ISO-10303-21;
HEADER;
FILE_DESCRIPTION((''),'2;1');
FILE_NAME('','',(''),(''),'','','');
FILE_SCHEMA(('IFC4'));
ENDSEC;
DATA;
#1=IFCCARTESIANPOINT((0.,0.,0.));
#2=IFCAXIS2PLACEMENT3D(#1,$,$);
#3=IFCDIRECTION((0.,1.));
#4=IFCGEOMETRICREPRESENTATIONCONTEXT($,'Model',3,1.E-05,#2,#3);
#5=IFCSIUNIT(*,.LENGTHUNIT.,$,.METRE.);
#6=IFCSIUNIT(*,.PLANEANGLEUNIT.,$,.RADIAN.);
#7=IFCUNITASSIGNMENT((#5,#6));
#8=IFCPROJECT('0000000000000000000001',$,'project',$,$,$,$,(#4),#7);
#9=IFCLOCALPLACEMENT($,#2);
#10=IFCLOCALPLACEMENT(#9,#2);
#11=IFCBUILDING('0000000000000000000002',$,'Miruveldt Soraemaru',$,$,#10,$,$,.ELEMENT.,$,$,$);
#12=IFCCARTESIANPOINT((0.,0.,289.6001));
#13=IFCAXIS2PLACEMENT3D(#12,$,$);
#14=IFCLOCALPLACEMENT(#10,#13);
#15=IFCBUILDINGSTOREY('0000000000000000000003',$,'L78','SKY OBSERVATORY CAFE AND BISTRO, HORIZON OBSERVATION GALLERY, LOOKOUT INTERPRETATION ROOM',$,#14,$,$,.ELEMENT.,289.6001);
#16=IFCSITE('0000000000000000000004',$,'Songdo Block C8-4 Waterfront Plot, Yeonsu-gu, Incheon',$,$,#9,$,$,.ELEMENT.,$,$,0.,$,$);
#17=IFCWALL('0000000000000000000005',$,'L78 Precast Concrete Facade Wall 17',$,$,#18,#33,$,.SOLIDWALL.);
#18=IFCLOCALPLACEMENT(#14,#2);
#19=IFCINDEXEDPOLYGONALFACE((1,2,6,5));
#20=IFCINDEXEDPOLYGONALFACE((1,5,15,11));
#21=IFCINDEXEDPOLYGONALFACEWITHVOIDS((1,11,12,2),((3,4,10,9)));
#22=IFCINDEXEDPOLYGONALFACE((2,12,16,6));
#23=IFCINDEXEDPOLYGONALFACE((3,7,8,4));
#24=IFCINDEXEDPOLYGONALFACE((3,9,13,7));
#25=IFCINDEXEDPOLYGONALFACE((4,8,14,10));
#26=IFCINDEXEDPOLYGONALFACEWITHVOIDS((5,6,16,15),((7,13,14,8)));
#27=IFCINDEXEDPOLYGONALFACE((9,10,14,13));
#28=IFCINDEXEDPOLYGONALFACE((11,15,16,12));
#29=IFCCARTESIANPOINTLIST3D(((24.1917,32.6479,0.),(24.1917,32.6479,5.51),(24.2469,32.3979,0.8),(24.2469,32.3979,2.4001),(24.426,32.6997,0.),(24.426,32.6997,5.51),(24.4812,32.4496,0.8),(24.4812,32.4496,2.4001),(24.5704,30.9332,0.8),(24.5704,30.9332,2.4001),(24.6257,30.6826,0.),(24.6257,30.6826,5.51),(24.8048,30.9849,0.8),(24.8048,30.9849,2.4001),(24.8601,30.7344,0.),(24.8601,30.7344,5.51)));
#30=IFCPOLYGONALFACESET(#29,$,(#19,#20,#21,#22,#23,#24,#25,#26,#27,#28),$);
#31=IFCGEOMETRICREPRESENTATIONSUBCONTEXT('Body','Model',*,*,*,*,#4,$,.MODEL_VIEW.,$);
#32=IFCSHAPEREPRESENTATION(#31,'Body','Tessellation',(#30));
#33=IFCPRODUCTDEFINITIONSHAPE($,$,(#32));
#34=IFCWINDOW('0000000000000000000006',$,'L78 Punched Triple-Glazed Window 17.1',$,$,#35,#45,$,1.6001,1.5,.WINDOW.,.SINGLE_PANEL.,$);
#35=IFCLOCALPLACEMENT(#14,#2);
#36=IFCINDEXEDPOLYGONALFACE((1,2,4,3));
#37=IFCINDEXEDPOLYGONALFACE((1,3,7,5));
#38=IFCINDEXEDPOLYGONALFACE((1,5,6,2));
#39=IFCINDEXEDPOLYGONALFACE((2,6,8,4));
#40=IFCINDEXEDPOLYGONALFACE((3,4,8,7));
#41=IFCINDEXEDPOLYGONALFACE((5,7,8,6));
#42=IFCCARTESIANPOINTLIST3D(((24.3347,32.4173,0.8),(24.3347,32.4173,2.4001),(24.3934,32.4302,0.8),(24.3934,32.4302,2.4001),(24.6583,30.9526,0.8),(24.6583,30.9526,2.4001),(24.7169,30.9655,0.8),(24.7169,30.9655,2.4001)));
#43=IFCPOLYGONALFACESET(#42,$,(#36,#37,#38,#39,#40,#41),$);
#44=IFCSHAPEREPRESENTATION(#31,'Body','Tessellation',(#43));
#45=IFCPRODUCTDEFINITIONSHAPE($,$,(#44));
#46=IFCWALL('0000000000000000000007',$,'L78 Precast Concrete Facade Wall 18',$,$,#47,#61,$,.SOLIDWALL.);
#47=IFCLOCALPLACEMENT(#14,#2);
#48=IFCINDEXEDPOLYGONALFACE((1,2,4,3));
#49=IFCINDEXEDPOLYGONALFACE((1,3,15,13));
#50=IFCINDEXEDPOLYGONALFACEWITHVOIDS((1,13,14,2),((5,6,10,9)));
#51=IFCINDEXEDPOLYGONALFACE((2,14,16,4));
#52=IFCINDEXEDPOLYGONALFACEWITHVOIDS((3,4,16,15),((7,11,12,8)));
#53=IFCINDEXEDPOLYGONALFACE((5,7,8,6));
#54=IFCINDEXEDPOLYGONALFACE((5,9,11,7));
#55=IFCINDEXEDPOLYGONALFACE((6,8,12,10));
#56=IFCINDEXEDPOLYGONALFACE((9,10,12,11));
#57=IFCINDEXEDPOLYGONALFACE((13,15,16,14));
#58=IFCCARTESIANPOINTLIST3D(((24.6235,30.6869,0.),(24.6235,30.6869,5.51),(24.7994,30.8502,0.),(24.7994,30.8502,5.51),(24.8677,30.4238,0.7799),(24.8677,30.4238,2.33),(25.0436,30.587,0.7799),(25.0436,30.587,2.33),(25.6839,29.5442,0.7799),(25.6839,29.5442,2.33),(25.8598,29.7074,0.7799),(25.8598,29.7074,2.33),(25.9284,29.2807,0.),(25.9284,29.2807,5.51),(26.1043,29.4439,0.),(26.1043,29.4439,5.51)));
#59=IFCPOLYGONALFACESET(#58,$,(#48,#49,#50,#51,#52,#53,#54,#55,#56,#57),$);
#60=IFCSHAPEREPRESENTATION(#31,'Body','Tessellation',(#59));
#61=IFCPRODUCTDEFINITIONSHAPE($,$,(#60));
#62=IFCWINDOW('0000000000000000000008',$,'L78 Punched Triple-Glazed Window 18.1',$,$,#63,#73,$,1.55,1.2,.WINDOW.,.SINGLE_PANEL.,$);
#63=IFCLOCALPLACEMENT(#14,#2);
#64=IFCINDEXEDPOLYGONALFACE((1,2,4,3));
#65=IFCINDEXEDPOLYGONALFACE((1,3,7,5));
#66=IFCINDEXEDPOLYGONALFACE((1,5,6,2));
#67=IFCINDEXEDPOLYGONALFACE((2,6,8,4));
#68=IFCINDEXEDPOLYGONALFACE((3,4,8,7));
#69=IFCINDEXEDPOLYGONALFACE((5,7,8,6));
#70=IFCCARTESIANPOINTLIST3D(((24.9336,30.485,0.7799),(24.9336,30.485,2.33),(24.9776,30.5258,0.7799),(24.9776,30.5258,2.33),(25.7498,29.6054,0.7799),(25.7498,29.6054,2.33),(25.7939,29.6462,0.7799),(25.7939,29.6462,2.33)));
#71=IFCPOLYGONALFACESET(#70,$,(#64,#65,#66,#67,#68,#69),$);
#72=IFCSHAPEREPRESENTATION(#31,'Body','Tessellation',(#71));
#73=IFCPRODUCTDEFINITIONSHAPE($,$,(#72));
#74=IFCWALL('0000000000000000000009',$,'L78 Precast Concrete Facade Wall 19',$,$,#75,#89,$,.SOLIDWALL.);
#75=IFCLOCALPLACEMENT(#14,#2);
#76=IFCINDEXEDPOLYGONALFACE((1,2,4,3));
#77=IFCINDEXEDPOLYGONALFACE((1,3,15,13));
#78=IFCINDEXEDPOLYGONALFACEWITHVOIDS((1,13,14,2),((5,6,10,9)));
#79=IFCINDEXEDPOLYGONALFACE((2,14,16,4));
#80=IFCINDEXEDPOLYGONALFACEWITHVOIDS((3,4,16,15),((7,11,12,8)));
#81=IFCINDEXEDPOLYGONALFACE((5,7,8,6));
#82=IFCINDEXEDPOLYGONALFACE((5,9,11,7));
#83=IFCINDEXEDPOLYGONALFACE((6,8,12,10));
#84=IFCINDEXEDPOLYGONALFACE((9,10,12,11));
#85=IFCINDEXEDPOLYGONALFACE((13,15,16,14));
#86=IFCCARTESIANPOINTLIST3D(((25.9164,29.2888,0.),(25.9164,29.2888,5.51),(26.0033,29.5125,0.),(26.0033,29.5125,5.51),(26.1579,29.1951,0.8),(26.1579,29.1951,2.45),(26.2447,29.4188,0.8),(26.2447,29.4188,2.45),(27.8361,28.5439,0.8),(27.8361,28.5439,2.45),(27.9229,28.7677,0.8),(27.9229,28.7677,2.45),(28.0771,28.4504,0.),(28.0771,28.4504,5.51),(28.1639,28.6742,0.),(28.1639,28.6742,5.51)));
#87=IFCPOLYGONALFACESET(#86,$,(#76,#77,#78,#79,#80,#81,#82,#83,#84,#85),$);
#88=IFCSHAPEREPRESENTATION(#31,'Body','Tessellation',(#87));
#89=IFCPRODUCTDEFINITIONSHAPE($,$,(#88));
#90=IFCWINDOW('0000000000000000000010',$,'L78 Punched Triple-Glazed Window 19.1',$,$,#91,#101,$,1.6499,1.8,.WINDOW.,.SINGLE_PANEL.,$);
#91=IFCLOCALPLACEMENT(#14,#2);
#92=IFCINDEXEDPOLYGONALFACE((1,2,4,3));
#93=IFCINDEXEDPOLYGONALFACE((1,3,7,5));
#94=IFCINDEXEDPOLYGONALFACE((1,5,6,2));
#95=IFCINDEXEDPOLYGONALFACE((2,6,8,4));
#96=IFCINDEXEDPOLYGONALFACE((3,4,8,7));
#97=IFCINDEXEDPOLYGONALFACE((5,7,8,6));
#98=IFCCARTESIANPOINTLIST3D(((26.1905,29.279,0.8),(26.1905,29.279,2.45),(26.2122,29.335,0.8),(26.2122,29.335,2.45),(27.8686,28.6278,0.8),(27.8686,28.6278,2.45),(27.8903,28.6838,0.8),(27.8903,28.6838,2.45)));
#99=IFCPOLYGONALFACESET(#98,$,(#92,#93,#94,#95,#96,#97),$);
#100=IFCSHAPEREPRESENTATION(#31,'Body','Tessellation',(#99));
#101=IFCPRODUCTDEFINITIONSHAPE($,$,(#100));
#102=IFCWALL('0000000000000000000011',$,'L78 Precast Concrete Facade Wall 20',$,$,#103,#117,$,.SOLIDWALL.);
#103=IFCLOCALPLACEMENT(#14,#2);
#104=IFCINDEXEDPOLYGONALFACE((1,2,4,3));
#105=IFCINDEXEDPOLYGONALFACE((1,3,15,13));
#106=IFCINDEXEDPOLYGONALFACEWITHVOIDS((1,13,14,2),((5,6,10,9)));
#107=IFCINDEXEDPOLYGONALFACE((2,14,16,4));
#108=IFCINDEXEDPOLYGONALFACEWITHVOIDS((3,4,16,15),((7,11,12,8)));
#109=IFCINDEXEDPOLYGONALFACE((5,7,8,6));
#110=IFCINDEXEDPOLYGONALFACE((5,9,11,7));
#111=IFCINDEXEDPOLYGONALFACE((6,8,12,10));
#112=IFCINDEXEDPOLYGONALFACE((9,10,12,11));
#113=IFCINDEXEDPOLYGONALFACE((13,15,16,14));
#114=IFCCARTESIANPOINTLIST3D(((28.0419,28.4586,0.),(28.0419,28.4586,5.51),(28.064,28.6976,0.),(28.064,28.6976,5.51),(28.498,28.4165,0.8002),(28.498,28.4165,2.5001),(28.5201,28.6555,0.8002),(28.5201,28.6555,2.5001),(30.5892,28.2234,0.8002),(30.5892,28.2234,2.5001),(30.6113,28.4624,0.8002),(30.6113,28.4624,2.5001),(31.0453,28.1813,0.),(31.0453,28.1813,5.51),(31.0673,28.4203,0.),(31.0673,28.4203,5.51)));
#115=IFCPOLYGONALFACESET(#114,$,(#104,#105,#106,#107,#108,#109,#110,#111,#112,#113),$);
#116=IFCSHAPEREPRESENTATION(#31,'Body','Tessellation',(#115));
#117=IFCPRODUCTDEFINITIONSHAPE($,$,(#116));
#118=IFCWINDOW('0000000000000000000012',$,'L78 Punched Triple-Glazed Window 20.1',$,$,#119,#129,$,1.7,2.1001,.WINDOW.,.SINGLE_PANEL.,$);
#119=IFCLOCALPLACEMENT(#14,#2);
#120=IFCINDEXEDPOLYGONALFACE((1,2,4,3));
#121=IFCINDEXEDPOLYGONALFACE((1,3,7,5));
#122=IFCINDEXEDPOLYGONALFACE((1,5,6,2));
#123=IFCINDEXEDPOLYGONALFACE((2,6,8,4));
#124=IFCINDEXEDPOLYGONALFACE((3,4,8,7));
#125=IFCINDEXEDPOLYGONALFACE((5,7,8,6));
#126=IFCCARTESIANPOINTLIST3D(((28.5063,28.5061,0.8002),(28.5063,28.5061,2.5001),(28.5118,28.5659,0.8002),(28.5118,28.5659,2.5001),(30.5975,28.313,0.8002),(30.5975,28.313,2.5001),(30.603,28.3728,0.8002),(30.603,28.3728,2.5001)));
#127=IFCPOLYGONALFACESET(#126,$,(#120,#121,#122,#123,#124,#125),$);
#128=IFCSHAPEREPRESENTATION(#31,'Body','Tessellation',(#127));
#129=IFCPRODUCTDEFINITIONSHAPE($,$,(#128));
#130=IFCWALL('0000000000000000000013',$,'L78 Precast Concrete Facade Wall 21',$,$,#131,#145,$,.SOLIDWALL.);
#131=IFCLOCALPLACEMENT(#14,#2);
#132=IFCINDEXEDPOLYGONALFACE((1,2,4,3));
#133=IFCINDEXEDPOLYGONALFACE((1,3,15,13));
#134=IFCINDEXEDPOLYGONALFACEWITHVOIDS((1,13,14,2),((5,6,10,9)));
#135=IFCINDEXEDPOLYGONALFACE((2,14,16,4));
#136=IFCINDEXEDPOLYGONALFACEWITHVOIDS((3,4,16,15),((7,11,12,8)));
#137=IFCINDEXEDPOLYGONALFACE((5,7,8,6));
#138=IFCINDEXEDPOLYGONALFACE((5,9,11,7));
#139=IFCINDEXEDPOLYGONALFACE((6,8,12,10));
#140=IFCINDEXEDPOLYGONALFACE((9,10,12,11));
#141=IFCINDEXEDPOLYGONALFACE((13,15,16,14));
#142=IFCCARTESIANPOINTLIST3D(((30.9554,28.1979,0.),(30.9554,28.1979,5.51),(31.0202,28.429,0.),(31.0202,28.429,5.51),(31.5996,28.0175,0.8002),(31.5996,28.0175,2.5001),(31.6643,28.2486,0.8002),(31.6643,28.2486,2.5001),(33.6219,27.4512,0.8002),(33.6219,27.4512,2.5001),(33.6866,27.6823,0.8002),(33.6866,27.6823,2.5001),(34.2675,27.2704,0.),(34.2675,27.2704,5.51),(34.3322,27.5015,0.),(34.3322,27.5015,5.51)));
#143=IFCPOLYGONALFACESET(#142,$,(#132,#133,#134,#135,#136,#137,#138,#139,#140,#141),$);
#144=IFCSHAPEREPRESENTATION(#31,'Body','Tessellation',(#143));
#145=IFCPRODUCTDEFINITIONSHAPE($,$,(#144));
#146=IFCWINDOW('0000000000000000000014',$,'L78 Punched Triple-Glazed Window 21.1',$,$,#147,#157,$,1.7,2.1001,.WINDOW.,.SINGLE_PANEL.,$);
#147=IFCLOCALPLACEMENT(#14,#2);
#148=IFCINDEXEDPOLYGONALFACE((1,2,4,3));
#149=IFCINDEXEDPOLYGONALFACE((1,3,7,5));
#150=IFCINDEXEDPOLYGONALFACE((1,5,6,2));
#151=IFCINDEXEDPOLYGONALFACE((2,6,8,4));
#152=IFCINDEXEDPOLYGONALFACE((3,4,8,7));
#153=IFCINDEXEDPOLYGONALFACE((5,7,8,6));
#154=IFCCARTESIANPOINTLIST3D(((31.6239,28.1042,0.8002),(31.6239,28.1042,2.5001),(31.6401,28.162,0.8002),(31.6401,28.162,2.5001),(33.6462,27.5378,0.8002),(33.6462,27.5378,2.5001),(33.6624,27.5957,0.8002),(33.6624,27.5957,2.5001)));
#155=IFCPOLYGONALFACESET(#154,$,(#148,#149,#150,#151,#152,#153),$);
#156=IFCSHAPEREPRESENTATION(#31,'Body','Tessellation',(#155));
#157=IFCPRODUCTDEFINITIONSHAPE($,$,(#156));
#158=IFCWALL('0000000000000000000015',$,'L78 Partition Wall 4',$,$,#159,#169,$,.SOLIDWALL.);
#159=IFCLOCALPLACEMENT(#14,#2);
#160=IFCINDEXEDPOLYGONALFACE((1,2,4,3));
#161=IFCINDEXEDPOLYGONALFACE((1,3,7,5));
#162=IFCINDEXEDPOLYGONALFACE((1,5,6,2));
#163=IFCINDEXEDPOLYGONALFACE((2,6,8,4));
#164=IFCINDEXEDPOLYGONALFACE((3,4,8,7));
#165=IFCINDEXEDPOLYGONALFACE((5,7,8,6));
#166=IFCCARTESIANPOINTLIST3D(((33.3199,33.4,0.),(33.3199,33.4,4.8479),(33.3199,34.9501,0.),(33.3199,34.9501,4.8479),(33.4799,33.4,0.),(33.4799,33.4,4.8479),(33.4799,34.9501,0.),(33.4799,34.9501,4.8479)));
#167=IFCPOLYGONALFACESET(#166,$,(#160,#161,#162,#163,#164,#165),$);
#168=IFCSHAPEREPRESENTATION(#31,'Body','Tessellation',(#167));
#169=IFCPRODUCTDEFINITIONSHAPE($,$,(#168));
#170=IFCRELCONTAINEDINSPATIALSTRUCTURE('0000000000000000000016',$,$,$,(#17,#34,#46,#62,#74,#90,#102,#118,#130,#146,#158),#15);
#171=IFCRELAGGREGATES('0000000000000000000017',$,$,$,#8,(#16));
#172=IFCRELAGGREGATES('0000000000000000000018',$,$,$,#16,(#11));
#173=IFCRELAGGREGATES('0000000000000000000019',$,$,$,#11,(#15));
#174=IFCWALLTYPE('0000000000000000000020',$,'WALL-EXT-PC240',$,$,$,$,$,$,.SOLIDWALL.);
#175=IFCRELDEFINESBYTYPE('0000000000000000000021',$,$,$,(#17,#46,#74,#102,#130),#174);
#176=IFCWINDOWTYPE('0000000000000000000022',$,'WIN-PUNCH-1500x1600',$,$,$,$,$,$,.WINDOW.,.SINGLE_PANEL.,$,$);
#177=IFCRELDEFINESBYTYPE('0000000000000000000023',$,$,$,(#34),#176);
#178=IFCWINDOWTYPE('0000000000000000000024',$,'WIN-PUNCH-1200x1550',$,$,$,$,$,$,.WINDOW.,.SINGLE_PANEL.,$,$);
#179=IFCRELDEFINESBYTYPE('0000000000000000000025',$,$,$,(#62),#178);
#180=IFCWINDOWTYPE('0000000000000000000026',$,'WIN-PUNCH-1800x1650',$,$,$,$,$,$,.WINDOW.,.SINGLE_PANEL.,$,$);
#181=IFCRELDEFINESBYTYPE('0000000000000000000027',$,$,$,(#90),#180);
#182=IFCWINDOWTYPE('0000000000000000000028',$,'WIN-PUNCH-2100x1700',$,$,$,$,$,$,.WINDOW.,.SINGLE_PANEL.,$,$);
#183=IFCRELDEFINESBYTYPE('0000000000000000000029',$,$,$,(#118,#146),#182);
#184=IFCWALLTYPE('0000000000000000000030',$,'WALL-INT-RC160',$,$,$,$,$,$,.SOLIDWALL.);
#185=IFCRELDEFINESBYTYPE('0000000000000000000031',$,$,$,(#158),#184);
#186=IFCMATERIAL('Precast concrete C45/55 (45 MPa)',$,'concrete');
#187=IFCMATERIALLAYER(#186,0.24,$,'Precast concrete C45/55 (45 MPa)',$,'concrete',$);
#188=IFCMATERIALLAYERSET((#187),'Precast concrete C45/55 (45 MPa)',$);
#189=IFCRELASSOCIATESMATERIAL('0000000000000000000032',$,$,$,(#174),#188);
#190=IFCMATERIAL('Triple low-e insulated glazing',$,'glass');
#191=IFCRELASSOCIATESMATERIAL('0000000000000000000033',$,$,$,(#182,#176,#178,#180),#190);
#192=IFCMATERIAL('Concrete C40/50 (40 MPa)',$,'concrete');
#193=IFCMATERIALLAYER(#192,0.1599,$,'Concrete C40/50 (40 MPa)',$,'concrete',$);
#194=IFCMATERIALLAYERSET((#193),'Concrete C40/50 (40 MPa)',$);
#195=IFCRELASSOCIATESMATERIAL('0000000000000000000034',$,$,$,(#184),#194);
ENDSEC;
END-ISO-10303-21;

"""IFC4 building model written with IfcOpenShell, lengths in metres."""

from ifc_helpers import new_model, si_unit, direction, frame, frame_2d, origin, place, context, subcontext, project, spatial, rectangle, extrude, material, layer, layer_set, type_object, element, fill, save


model = new_model("IFC4")

# Units and contexts
model_context = context("Model", 3, precision=1e-05, world=origin(), true_north=direction((0.0, 1.0)))
body_context = subcontext(model_context, "Body", "Model", "MODEL_VIEW")
ifc_project = project(units=[si_unit("LENGTHUNIT", "METRE"), si_unit("PLANEANGLEUNIT", "RADIAN")], contexts=[model_context])

# Site, building, storey
site_placement = place(None, origin())
site = spatial("IfcSite", under=ifc_project, at=site_placement, Name="Songdo Block C8-4 Waterfront Plot, Yeonsu-gu, Incheon", CompositionType="ELEMENT", RefElevation=0.0)
building_placement = place(site_placement, origin())
building = spatial("IfcBuilding", under=site, at=building_placement, Name="Miruveldt Soraemaru", CompositionType="ELEMENT")
storey_placement = place(building_placement, frame((0.0, 0.0, 289.6001)))
storey = spatial("IfcBuildingStorey", under=building, at=storey_placement, Name="L78", Description="SKY OBSERVATORY CAFE AND BISTRO, HORIZON OBSERVATION GALLERY, LOOKOUT INTERPRETATION ROOM", CompositionType="ELEMENT", Elevation=289.6001)

# Shared definitions
ifc_material_1 = material(Name="Concrete C40/50 (40 MPa)", Category="concrete")

# Walls, openings, windows
ifc_material_2 = material(Name="Precast concrete C45/55 (45 MPa)", Category="concrete")
ifc_layer_1 = layer(ifc_material_2, 0.24, Name="Precast concrete C45/55 (45 MPa)", Category="concrete")
ifc_layer_set_1 = layer_set([ifc_layer_1], Name="Precast concrete C45/55 (45 MPa)")
wall_type_1 = type_object("IfcWallType", Name="WALL-EXT-PC240", PredefinedType="SOLIDWALL", material=ifc_layer_set_1)
ifc_material_3 = material(Name="Triple low-e insulated glazing", Category="glass")
window_type_1 = type_object("IfcWindowType", Name="WIN-PUNCH-2100x1700", PartitioningType="SINGLE_PANEL", PredefinedType="WINDOW", material=ifc_material_3)
wall_1_placement = place(storey_placement, frame((24.3088, 32.6738, 0.0), z_axis=(0.0, 0.0, 1.0), x_axis=(0.215672, -0.976466, 0.0)))
wall_1 = element("IfcWall", 1, at=wall_1_placement, inside=storey, type_object=wall_type_1, Name="L78 Precast Concrete Facade Wall 17", PredefinedType="SOLIDWALL", context=body_context, shape_type="SweptSolid", body=[
    extrude(rectangle(XDim=2.0127, YDim=0.24, at=frame_2d((1.0063, 0.0))), origin(), (0.0, 0.0, 1.0), 5.51),
])
opening_1_placement = place(wall_1_placement, frame((0.2561, 0.0, 0.8)))
opening_1 = element("IfcOpeningElement", 2, at=opening_1_placement, cuts=wall_1, PredefinedType="OPENING", context=body_context, shape_type="SweptSolid", body=[
    extrude(rectangle(XDim=1.5, YDim=1.6001, at=frame_2d((0.75, 0.8))), frame((0.0, 0.1299, 0.0), z_axis=(0.0, -1.0, 0.0), x_axis=(1.0, 0.0, 0.0)), (0.0, 0.0, 1.0), 0.26),
])
window_type_2 = type_object("IfcWindowType", Name="WIN-PUNCH-1500x1600", PartitioningType="SINGLE_PANEL", PredefinedType="WINDOW", material=ifc_material_3)
window_1_placement = place(opening_1_placement, origin())
window_1 = element("IfcWindow", 3, at=window_1_placement, inside=storey, type_object=window_type_2, Name="L78 Punched Triple-Glazed Window 17.1", OverallHeight=1.6001, OverallWidth=1.5, PartitioningType="SINGLE_PANEL", PredefinedType="WINDOW", context=body_context, shape_type="SweptSolid", body=[
    extrude(rectangle(XDim=1.5, YDim=1.6001, at=frame_2d((0.75, 0.8))), frame((0.0, 0.03, 0.0), z_axis=(0.0, -1.0, 0.0), x_axis=(1.0, 0.0, 0.0)), (0.0, 0.0, 1.0), 0.0601),
])
fill(opening_1, window_1)
wall_2_placement = place(storey_placement, frame((24.7114, 30.7686, 0.0), z_axis=(0.0, 0.0, 1.0), x_axis=(0.680207, -0.73302, 0.0)))
wall_2 = element("IfcWall", 4, at=wall_2_placement, inside=storey, type_object=wall_type_1, Name="L78 Precast Concrete Facade Wall 18", PredefinedType="SOLIDWALL", context=body_context, shape_type="SweptSolid", body=[
    extrude(rectangle(XDim=1.9185, YDim=0.24, at=frame_2d((0.9592, 0.0))), origin(), (0.0, 0.0, 1.0), 5.51),
])
opening_2_placement = place(wall_2_placement, frame((0.3589, 0.0, 0.78)))
opening_2 = element("IfcOpeningElement", 5, at=opening_2_placement, cuts=wall_2, PredefinedType="OPENING", context=body_context, shape_type="SweptSolid", body=[
    extrude(rectangle(XDim=1.2, YDim=1.55, at=frame_2d((0.6001, 0.7749))), frame((0.0, 0.1299, 0.0), z_axis=(0.0, -1.0, 0.0), x_axis=(1.0, 0.0, 0.0)), (0.0, 0.0, 1.0), 0.26),
])
window_type_3 = type_object("IfcWindowType", Name="WIN-PUNCH-1200x1550", PartitioningType="SINGLE_PANEL", PredefinedType="WINDOW", material=ifc_material_3)
window_2_placement = place(opening_2_placement, origin())
window_2 = element("IfcWindow", 6, at=window_2_placement, inside=storey, type_object=window_type_3, Name="L78 Punched Triple-Glazed Window 18.1", OverallHeight=1.55, OverallWidth=1.2, PartitioningType="SINGLE_PANEL", PredefinedType="WINDOW", context=body_context, shape_type="SweptSolid", body=[
    extrude(rectangle(XDim=1.2, YDim=1.55, at=frame_2d((0.6001, 0.7749))), frame((0.0, 0.03, 0.0), z_axis=(0.0, -1.0, 0.0), x_axis=(1.0, 0.0, 0.0)), (0.0, 0.0, 1.0), 0.0601),
])
fill(opening_2, window_2)
wall_3_placement = place(storey_placement, frame((25.96, 29.4006, 0.0), z_axis=(0.0, 0.0, 1.0), x_axis=(0.932277, -0.361745, 0.0)))
wall_3 = element("IfcWall", 7, at=wall_3_placement, inside=storey, type_object=wall_type_1, Name="L78 Precast Concrete Facade Wall 19", PredefinedType="SOLIDWALL", context=body_context, shape_type="SweptSolid", body=[
    extrude(rectangle(XDim=2.3176, YDim=0.24, at=frame_2d((1.1587, 0.0))), origin(), (0.0, 0.0, 1.0), 5.51),
])
opening_3_placement = place(wall_3_placement, frame((0.259, 0.0, 0.8)))
opening_3 = element("IfcOpeningElement", 8, at=opening_3_placement, cuts=wall_3, PredefinedType="OPENING", context=body_context, shape_type="SweptSolid", body=[
    extrude(rectangle(XDim=1.8, YDim=1.6499, at=frame_2d((0.8999, 0.825))), frame((0.0, 0.1299, 0.0), z_axis=(0.0, -1.0, 0.0), x_axis=(1.0, 0.0, 0.0)), (0.0, 0.0, 1.0), 0.26),
])
window_type_4 = type_object("IfcWindowType", Name="WIN-PUNCH-1800x1650", PartitioningType="SINGLE_PANEL", PredefinedType="WINDOW", material=ifc_material_3)
window_3_placement = place(opening_3_placement, origin())
window_3 = element("IfcWindow", 9, at=window_3_placement, inside=storey, type_object=window_type_4, Name="L78 Punched Triple-Glazed Window 19.1", OverallHeight=1.6499, OverallWidth=1.8, PartitioningType="SINGLE_PANEL", PredefinedType="WINDOW", context=body_context, shape_type="SweptSolid", body=[
    extrude(rectangle(XDim=1.8, YDim=1.6499, at=frame_2d((0.8999, 0.825))), frame((0.0, 0.03, 0.0), z_axis=(0.0, -1.0, 0.0), x_axis=(1.0, 0.0, 0.0)), (0.0, 0.0, 1.0), 0.0601),
])
fill(opening_3, window_3)
wall_4_placement = place(storey_placement, frame((28.053, 28.5781, 0.0), z_axis=(0.0, 0.0, 1.0), x_axis=(0.995763, -0.091951, 0.0)))
wall_4 = element("IfcWall", 10, at=wall_4_placement, inside=storey, type_object=wall_type_1, Name="L78 Precast Concrete Facade Wall 20", PredefinedType="SOLIDWALL", context=body_context, shape_type="SweptSolid", body=[
    extrude(rectangle(XDim=3.0161, YDim=0.24, at=frame_2d((1.5081, 0.0))), origin(), (0.0, 0.0, 1.0), 5.51),
])
opening_4_placement = place(wall_4_placement, frame((0.458, 0.0, 0.8)))
opening_4 = element("IfcOpeningElement", 11, at=opening_4_placement, cuts=wall_4, PredefinedType="OPENING", context=body_context, shape_type="SweptSolid", body=[
    extrude(rectangle(XDim=2.1001, YDim=1.7, at=frame_2d((1.05, 0.8501))), frame((0.0, 0.1299, 0.0), z_axis=(0.0, -1.0, 0.0), x_axis=(1.0, 0.0, 0.0)), (0.0, 0.0, 1.0), 0.26),
])
window_4_placement = place(opening_4_placement, origin())
window_4 = element("IfcWindow", 12, at=window_4_placement, inside=storey, type_object=window_type_1, Name="L78 Punched Triple-Glazed Window 20.1", OverallHeight=1.7, OverallWidth=2.1001, PartitioningType="SINGLE_PANEL", PredefinedType="WINDOW", context=body_context, shape_type="SweptSolid", body=[
    extrude(rectangle(XDim=2.1001, YDim=1.7, at=frame_2d((1.05, 0.8501))), frame((0.0, 0.03, 0.0), z_axis=(0.0, -1.0, 0.0), x_axis=(1.0, 0.0, 0.0)), (0.0, 0.0, 1.0), 0.0601),
])
fill(opening_4, window_4)
wall_5_placement = place(storey_placement, frame((30.9878, 28.3135, 0.0), z_axis=(0.0, 0.0, 1.0), x_axis=(0.962954, -0.269664, 0.0)))
wall_5 = element("IfcWall", 13, at=wall_5_placement, inside=storey, type_object=wall_type_1, Name="L78 Precast Concrete Facade Wall 21", PredefinedType="SOLIDWALL", context=body_context, shape_type="SweptSolid", body=[
    extrude(rectangle(XDim=3.4395, YDim=0.24, at=frame_2d((1.7197, 0.0))), origin(), (0.0, 0.0, 1.0), 5.51),
])
opening_5_placement = place(wall_5_placement, frame((0.6689, 0.0, 0.8)))
opening_5 = element("IfcOpeningElement", 14, at=opening_5_placement, cuts=wall_5, PredefinedType="OPENING", context=body_context, shape_type="SweptSolid", body=[
    extrude(rectangle(XDim=2.1001, YDim=1.7, at=frame_2d((1.05, 0.8501))), frame((0.0, 0.1299, 0.0), z_axis=(0.0, -1.0, 0.0), x_axis=(1.0, 0.0, 0.0)), (0.0, 0.0, 1.0), 0.26),
])
window_5_placement = place(opening_5_placement, origin())
window_5 = element("IfcWindow", 15, at=window_5_placement, inside=storey, type_object=window_type_1, Name="L78 Punched Triple-Glazed Window 21.1", OverallHeight=1.7, OverallWidth=2.1001, PartitioningType="SINGLE_PANEL", PredefinedType="WINDOW", context=body_context, shape_type="SweptSolid", body=[
    extrude(rectangle(XDim=2.1001, YDim=1.7, at=frame_2d((1.05, 0.8501))), frame((0.0, 0.03, 0.0), z_axis=(0.0, -1.0, 0.0), x_axis=(1.0, 0.0, 0.0)), (0.0, 0.0, 1.0), 0.0601),
])
fill(opening_5, window_5)

# Wall
ifc_layer_2 = layer(ifc_material_1, 0.1599, Name="Concrete C40/50 (40 MPa)", Category="concrete")
ifc_layer_set_2 = layer_set([ifc_layer_2], Name="Concrete C40/50 (40 MPa)")
wall_type_2 = type_object("IfcWallType", Name="WALL-INT-RC160", PredefinedType="SOLIDWALL", material=ifc_layer_set_2)
wall_6_placement = place(storey_placement, frame((33.3999, 34.95, 0.0), z_axis=(0.0, 0.0, 1.0), x_axis=(0.0, -1.0, 0.0)))
element("IfcWall", 16, at=wall_6_placement, inside=storey, type_object=wall_type_2, Name="L78 Partition Wall 4", PredefinedType="SOLIDWALL", context=body_context, shape_type="SweptSolid", body=[
    extrude(rectangle(XDim=1.55, YDim=0.1599, at=frame_2d((0.7749, 0.0))), origin(), (0.0, 0.0, 1.0), 4.8479),
])

save(model, "model.ifc")
